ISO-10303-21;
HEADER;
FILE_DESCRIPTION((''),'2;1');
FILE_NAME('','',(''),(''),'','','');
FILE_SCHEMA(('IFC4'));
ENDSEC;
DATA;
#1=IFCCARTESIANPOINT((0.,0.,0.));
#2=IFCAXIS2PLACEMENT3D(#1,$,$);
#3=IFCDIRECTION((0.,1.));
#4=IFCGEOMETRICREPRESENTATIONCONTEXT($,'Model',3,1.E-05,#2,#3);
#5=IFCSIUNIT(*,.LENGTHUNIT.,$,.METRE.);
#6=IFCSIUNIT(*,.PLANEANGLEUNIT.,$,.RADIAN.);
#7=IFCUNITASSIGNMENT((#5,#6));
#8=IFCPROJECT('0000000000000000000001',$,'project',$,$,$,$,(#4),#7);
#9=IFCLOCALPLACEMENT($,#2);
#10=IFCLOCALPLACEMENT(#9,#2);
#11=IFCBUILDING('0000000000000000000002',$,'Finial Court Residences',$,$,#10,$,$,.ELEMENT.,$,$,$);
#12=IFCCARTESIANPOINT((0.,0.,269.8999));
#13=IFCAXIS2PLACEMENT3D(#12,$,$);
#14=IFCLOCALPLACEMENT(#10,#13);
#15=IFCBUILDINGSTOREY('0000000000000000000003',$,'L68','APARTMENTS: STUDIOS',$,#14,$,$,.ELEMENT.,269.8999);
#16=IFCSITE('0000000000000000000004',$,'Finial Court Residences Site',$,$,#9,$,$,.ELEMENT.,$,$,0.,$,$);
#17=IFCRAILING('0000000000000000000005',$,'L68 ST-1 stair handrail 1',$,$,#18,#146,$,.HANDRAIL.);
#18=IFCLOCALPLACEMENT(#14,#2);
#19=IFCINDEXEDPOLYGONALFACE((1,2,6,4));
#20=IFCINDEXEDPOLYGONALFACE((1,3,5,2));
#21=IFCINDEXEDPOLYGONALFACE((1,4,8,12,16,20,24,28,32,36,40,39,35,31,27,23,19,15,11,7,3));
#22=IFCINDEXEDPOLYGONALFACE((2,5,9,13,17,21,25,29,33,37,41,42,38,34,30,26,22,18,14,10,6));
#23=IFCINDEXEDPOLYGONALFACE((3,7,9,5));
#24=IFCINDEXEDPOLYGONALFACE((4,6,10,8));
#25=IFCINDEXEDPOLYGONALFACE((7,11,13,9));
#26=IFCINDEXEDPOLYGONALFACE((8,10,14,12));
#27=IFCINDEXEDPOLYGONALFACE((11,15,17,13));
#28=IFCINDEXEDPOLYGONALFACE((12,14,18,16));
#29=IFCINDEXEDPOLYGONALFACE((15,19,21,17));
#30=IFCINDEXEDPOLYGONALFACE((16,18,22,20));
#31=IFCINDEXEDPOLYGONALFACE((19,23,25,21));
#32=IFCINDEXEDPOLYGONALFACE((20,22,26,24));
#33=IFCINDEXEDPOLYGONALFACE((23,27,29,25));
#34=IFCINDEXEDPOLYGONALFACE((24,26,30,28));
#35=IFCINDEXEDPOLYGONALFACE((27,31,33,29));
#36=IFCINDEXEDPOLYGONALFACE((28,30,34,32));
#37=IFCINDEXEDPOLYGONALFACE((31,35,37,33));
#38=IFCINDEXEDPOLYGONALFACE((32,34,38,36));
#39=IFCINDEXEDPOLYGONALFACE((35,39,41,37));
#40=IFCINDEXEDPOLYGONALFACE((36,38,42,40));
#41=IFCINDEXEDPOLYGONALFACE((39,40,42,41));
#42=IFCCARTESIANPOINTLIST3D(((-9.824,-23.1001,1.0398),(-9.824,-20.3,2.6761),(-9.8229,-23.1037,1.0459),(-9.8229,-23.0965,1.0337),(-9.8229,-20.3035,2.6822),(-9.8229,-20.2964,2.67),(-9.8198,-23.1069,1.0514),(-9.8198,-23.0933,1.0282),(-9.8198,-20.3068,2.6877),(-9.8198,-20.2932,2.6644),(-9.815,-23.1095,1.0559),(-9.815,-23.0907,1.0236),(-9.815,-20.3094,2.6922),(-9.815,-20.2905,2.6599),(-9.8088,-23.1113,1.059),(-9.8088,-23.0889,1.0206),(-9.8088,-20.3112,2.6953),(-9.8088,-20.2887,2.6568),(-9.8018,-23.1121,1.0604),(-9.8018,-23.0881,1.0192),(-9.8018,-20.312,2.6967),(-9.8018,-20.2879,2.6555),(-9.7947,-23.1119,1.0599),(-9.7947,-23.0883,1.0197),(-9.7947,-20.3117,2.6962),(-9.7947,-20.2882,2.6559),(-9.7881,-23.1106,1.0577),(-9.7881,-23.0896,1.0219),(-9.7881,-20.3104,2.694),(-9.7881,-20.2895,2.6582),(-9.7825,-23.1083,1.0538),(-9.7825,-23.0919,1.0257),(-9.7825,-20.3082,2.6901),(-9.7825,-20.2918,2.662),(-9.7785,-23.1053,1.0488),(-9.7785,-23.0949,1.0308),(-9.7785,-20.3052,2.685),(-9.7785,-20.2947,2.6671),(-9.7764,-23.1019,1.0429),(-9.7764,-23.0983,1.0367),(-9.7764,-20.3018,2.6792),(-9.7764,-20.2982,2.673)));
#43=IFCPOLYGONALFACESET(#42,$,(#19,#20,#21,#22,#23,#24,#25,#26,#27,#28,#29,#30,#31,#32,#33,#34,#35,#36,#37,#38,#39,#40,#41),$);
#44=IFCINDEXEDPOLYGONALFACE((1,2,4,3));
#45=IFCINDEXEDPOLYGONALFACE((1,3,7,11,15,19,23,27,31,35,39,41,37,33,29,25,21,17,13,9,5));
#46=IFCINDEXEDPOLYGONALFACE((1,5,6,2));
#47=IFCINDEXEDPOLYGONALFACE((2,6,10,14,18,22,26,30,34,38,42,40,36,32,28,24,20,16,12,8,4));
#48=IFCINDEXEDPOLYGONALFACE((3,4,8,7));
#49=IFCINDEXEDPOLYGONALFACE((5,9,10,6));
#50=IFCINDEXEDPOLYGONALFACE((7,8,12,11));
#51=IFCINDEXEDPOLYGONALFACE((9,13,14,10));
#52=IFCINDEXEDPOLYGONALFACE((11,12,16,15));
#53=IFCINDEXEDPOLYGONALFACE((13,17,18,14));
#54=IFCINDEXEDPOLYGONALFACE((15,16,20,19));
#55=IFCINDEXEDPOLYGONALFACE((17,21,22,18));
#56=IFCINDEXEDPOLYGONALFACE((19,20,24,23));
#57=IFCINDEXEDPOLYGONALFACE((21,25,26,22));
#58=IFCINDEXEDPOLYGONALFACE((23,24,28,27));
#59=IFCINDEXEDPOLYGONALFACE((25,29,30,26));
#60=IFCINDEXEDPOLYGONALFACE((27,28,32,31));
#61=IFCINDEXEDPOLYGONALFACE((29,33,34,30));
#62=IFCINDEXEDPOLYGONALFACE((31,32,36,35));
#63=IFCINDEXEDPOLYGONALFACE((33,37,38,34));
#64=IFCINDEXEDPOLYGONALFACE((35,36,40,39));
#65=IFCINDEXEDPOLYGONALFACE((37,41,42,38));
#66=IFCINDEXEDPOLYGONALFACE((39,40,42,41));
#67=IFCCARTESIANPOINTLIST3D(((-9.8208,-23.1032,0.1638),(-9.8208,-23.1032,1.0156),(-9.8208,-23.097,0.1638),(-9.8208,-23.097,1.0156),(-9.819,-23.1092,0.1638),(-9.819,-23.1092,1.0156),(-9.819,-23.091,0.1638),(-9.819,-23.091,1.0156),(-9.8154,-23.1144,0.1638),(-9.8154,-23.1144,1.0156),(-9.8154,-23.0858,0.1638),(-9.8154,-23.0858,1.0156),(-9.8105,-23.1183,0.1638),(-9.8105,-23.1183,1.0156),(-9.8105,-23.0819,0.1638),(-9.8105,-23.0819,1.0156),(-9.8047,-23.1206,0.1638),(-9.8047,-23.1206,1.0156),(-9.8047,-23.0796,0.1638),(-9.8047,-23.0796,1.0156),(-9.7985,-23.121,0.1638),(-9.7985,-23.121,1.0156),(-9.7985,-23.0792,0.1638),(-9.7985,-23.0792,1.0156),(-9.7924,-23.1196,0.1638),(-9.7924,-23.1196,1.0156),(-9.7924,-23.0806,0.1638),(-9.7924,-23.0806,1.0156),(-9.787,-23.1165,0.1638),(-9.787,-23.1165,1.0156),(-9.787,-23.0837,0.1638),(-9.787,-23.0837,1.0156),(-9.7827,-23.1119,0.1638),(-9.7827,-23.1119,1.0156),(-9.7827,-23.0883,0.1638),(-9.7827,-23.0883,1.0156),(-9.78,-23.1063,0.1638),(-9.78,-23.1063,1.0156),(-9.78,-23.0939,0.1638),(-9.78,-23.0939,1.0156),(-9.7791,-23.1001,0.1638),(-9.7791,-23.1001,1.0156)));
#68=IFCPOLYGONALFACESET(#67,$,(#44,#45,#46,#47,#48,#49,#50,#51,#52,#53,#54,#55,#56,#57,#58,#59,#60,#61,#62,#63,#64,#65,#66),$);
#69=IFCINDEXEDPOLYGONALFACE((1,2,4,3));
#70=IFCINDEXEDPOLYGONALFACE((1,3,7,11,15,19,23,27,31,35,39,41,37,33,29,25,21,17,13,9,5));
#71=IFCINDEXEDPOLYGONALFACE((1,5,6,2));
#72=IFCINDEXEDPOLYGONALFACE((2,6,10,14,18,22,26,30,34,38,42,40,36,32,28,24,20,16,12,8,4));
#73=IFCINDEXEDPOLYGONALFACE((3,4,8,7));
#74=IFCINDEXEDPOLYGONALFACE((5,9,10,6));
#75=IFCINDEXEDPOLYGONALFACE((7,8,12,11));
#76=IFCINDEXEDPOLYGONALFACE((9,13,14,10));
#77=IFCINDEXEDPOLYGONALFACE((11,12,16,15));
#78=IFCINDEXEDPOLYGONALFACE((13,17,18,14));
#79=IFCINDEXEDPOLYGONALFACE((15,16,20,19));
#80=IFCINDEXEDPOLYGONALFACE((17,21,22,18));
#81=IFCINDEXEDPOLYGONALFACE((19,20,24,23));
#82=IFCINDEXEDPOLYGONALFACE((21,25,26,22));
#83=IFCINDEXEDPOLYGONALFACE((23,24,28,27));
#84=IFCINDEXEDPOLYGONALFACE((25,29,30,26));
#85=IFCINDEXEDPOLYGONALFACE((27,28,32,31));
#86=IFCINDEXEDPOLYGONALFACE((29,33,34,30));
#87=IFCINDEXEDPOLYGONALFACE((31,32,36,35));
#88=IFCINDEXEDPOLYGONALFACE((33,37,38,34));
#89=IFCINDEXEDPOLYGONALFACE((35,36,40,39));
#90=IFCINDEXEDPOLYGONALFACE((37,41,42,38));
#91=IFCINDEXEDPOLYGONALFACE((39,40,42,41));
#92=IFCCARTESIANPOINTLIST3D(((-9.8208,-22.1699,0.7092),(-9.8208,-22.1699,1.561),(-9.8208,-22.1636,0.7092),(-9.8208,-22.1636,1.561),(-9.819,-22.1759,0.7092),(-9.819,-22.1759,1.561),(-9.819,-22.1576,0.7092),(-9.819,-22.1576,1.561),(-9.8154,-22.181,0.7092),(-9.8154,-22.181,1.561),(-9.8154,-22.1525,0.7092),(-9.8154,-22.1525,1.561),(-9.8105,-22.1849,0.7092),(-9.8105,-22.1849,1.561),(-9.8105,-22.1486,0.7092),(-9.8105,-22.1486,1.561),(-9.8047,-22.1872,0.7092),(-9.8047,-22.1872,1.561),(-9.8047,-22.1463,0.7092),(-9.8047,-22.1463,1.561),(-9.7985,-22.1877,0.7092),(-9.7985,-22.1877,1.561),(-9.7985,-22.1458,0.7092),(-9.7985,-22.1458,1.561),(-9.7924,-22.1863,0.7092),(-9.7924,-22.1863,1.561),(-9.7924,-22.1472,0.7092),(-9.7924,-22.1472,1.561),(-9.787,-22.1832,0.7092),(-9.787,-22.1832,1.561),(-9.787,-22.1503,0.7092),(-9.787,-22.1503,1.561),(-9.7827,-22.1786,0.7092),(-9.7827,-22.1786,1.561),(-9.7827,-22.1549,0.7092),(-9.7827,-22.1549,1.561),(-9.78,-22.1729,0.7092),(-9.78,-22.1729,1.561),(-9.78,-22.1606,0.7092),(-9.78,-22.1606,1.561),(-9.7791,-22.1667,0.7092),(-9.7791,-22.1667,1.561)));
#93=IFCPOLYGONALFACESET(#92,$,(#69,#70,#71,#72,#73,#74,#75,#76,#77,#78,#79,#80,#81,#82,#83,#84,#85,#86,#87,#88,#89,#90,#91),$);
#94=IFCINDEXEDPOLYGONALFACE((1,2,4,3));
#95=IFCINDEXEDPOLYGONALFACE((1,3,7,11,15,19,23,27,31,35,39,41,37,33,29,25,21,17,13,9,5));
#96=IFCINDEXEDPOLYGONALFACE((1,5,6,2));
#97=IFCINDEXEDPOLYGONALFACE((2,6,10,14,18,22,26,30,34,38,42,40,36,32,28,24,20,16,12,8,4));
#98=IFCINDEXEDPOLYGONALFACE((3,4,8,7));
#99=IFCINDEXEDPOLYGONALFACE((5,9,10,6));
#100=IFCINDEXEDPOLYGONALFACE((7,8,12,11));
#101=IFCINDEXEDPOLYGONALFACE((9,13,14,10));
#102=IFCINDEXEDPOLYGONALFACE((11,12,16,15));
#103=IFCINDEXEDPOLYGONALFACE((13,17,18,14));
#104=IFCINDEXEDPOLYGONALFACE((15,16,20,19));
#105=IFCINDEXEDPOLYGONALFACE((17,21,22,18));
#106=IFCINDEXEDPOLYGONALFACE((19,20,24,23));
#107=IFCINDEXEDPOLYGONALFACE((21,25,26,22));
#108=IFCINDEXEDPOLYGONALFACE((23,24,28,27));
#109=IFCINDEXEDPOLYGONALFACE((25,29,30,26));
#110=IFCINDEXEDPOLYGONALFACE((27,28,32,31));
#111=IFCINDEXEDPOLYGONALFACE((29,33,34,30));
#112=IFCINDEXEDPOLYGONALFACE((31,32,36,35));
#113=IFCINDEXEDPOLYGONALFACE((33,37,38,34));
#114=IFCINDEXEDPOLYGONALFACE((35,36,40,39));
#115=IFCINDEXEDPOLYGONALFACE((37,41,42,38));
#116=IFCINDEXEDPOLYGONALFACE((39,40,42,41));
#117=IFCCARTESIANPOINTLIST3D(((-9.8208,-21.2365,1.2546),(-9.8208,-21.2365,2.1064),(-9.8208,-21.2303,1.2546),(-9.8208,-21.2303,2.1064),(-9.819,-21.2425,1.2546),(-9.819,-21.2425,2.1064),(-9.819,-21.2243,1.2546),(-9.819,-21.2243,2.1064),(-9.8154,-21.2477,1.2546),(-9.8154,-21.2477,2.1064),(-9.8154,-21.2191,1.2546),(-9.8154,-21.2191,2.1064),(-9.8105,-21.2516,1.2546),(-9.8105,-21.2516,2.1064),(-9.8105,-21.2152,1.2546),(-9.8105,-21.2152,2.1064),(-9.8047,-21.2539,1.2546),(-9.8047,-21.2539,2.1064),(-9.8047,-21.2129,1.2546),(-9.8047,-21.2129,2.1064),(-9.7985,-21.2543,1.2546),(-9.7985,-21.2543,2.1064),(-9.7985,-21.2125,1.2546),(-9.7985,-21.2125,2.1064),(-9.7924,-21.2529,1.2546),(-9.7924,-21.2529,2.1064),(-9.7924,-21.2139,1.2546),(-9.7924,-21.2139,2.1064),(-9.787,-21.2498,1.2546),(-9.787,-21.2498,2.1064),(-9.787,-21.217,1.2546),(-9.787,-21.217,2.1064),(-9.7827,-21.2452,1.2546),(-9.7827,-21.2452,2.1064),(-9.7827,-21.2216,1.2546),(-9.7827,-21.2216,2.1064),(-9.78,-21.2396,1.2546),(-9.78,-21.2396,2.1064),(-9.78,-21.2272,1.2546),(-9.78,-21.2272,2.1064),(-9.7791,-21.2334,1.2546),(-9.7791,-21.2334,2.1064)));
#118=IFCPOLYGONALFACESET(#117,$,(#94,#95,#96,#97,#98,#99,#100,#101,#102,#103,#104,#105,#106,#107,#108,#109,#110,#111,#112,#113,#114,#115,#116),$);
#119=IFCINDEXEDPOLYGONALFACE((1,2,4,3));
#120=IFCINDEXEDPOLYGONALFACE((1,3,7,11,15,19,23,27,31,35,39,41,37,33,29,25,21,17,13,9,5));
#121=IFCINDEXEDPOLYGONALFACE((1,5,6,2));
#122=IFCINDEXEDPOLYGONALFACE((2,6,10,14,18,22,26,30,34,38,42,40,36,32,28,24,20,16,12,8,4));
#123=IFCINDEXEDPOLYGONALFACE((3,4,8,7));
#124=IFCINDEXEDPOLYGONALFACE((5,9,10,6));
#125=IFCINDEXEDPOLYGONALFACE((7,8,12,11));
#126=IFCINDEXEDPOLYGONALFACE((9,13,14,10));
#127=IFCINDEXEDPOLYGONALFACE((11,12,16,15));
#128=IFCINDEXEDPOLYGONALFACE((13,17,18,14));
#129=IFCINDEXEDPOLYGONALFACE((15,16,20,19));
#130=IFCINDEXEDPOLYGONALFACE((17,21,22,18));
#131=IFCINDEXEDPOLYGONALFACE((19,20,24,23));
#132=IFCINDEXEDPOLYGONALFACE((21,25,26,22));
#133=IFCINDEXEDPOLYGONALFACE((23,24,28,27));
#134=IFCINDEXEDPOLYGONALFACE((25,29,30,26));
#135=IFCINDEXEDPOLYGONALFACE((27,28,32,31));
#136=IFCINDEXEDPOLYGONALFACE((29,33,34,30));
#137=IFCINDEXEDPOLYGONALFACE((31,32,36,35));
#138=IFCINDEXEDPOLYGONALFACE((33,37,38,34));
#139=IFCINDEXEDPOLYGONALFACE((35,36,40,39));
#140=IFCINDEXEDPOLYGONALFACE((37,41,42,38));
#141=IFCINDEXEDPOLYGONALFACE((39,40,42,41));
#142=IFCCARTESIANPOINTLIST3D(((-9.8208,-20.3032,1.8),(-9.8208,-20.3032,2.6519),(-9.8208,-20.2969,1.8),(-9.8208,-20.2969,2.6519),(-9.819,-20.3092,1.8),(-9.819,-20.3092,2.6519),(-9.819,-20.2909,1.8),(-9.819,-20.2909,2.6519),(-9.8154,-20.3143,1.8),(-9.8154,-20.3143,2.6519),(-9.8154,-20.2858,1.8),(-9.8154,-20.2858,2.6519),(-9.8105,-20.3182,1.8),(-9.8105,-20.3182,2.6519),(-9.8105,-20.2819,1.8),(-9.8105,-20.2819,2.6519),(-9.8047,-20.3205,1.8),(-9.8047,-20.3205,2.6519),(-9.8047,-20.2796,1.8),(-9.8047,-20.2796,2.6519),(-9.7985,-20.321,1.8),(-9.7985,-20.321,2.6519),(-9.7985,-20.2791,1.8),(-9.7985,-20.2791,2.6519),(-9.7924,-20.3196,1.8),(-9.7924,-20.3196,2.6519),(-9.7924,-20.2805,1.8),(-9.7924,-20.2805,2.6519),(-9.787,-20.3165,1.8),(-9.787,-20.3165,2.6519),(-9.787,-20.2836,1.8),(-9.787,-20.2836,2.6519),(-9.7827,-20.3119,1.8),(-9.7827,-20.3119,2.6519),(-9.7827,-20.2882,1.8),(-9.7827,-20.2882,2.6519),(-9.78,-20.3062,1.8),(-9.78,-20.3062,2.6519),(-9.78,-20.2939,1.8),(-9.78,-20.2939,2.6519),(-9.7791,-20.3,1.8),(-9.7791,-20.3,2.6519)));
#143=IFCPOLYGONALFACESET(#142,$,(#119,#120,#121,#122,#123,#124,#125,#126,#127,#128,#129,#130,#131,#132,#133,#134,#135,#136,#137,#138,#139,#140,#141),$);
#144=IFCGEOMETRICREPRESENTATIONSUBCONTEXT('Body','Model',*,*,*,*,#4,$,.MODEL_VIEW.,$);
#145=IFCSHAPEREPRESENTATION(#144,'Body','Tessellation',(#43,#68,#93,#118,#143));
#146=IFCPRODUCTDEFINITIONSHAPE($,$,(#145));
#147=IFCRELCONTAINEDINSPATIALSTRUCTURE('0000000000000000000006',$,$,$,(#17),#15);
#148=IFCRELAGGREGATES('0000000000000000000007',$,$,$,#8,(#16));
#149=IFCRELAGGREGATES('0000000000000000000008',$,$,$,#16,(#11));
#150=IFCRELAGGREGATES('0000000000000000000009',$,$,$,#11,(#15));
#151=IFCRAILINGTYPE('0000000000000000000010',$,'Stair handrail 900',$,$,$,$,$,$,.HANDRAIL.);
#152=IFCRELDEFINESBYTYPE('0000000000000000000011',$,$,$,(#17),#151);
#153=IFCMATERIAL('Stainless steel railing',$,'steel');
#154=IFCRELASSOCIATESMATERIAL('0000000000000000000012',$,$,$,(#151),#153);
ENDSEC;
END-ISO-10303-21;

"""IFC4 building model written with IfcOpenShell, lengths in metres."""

from ifc_helpers import new_model, si_unit, direction, frame, origin, origin_2d, place, context, subcontext, project, spatial, circle, extrude, material, type_object, element, save


model = new_model("IFC4")

# Units and contexts
model_context = context("Model", 3, precision=1e-05, world=origin(), true_north=direction((0.0, 1.0)))
body_context = subcontext(model_context, "Body", "Model", "MODEL_VIEW")
ifc_project = project(units=[si_unit("LENGTHUNIT", "METRE"), si_unit("PLANEANGLEUNIT", "RADIAN")], contexts=[model_context])

# Site, building, storey
site_placement = place(None, origin())
site = spatial("IfcSite", under=ifc_project, at=site_placement, Name="Finial Court Residences Site", CompositionType="ELEMENT", RefElevation=0.0)
building_placement = place(site_placement, origin())
building = spatial("IfcBuilding", under=site, at=building_placement, Name="Finial Court Residences", CompositionType="ELEMENT")
storey_placement = place(building_placement, frame((0.0, 0.0, 269.8999)))
storey = spatial("IfcBuildingStorey", under=building, at=storey_placement, Name="L68", Description="APARTMENTS: STUDIOS", CompositionType="ELEMENT", Elevation=269.8999)

# Railing
ifc_material_1 = material(Name="Stainless steel railing", Category="steel")
railing_type_1 = type_object("IfcRailingType", Name="Stair handrail 900", PredefinedType="HANDRAIL", material=ifc_material_1)
railing_1_placement = place(storey_placement, frame((-9.8, -23.1001, 0.1638)))
element("IfcRailing", 1, at=railing_1_placement, inside=storey, type_object=railing_type_1, Name="L68 ST-1 stair handrail 1", PredefinedType="HANDRAIL", context=body_context, shape_type="SweptSolid", body=[
    extrude(circle(Radius=0.0239, at=origin_2d()), frame((0.0, 0.0, 0.876), z_axis=(0.0, 0.863394, 0.504531), x_axis=(-1.0, 0.0, 0.0)), (0.0, 0.0, 1.0), 3.2432),
    extrude(circle(Radius=0.021, at=origin_2d()), origin(), (0.0, 0.0, 1.0), 0.8518),
    extrude(circle(Radius=0.021, at=origin_2d()), frame((0.0, 0.9333, 0.5454)), (0.0, 0.0, 1.0), 0.8518),
    extrude(circle(Radius=0.021, at=origin_2d()), frame((0.0, 1.8667, 1.0908)), (0.0, 0.0, 1.0), 0.8518),
    extrude(circle(Radius=0.021, at=origin_2d()), frame((0.0, 2.8, 1.6362)), (0.0, 0.0, 1.0), 0.8518),
])

save(model, "model.ifc")
